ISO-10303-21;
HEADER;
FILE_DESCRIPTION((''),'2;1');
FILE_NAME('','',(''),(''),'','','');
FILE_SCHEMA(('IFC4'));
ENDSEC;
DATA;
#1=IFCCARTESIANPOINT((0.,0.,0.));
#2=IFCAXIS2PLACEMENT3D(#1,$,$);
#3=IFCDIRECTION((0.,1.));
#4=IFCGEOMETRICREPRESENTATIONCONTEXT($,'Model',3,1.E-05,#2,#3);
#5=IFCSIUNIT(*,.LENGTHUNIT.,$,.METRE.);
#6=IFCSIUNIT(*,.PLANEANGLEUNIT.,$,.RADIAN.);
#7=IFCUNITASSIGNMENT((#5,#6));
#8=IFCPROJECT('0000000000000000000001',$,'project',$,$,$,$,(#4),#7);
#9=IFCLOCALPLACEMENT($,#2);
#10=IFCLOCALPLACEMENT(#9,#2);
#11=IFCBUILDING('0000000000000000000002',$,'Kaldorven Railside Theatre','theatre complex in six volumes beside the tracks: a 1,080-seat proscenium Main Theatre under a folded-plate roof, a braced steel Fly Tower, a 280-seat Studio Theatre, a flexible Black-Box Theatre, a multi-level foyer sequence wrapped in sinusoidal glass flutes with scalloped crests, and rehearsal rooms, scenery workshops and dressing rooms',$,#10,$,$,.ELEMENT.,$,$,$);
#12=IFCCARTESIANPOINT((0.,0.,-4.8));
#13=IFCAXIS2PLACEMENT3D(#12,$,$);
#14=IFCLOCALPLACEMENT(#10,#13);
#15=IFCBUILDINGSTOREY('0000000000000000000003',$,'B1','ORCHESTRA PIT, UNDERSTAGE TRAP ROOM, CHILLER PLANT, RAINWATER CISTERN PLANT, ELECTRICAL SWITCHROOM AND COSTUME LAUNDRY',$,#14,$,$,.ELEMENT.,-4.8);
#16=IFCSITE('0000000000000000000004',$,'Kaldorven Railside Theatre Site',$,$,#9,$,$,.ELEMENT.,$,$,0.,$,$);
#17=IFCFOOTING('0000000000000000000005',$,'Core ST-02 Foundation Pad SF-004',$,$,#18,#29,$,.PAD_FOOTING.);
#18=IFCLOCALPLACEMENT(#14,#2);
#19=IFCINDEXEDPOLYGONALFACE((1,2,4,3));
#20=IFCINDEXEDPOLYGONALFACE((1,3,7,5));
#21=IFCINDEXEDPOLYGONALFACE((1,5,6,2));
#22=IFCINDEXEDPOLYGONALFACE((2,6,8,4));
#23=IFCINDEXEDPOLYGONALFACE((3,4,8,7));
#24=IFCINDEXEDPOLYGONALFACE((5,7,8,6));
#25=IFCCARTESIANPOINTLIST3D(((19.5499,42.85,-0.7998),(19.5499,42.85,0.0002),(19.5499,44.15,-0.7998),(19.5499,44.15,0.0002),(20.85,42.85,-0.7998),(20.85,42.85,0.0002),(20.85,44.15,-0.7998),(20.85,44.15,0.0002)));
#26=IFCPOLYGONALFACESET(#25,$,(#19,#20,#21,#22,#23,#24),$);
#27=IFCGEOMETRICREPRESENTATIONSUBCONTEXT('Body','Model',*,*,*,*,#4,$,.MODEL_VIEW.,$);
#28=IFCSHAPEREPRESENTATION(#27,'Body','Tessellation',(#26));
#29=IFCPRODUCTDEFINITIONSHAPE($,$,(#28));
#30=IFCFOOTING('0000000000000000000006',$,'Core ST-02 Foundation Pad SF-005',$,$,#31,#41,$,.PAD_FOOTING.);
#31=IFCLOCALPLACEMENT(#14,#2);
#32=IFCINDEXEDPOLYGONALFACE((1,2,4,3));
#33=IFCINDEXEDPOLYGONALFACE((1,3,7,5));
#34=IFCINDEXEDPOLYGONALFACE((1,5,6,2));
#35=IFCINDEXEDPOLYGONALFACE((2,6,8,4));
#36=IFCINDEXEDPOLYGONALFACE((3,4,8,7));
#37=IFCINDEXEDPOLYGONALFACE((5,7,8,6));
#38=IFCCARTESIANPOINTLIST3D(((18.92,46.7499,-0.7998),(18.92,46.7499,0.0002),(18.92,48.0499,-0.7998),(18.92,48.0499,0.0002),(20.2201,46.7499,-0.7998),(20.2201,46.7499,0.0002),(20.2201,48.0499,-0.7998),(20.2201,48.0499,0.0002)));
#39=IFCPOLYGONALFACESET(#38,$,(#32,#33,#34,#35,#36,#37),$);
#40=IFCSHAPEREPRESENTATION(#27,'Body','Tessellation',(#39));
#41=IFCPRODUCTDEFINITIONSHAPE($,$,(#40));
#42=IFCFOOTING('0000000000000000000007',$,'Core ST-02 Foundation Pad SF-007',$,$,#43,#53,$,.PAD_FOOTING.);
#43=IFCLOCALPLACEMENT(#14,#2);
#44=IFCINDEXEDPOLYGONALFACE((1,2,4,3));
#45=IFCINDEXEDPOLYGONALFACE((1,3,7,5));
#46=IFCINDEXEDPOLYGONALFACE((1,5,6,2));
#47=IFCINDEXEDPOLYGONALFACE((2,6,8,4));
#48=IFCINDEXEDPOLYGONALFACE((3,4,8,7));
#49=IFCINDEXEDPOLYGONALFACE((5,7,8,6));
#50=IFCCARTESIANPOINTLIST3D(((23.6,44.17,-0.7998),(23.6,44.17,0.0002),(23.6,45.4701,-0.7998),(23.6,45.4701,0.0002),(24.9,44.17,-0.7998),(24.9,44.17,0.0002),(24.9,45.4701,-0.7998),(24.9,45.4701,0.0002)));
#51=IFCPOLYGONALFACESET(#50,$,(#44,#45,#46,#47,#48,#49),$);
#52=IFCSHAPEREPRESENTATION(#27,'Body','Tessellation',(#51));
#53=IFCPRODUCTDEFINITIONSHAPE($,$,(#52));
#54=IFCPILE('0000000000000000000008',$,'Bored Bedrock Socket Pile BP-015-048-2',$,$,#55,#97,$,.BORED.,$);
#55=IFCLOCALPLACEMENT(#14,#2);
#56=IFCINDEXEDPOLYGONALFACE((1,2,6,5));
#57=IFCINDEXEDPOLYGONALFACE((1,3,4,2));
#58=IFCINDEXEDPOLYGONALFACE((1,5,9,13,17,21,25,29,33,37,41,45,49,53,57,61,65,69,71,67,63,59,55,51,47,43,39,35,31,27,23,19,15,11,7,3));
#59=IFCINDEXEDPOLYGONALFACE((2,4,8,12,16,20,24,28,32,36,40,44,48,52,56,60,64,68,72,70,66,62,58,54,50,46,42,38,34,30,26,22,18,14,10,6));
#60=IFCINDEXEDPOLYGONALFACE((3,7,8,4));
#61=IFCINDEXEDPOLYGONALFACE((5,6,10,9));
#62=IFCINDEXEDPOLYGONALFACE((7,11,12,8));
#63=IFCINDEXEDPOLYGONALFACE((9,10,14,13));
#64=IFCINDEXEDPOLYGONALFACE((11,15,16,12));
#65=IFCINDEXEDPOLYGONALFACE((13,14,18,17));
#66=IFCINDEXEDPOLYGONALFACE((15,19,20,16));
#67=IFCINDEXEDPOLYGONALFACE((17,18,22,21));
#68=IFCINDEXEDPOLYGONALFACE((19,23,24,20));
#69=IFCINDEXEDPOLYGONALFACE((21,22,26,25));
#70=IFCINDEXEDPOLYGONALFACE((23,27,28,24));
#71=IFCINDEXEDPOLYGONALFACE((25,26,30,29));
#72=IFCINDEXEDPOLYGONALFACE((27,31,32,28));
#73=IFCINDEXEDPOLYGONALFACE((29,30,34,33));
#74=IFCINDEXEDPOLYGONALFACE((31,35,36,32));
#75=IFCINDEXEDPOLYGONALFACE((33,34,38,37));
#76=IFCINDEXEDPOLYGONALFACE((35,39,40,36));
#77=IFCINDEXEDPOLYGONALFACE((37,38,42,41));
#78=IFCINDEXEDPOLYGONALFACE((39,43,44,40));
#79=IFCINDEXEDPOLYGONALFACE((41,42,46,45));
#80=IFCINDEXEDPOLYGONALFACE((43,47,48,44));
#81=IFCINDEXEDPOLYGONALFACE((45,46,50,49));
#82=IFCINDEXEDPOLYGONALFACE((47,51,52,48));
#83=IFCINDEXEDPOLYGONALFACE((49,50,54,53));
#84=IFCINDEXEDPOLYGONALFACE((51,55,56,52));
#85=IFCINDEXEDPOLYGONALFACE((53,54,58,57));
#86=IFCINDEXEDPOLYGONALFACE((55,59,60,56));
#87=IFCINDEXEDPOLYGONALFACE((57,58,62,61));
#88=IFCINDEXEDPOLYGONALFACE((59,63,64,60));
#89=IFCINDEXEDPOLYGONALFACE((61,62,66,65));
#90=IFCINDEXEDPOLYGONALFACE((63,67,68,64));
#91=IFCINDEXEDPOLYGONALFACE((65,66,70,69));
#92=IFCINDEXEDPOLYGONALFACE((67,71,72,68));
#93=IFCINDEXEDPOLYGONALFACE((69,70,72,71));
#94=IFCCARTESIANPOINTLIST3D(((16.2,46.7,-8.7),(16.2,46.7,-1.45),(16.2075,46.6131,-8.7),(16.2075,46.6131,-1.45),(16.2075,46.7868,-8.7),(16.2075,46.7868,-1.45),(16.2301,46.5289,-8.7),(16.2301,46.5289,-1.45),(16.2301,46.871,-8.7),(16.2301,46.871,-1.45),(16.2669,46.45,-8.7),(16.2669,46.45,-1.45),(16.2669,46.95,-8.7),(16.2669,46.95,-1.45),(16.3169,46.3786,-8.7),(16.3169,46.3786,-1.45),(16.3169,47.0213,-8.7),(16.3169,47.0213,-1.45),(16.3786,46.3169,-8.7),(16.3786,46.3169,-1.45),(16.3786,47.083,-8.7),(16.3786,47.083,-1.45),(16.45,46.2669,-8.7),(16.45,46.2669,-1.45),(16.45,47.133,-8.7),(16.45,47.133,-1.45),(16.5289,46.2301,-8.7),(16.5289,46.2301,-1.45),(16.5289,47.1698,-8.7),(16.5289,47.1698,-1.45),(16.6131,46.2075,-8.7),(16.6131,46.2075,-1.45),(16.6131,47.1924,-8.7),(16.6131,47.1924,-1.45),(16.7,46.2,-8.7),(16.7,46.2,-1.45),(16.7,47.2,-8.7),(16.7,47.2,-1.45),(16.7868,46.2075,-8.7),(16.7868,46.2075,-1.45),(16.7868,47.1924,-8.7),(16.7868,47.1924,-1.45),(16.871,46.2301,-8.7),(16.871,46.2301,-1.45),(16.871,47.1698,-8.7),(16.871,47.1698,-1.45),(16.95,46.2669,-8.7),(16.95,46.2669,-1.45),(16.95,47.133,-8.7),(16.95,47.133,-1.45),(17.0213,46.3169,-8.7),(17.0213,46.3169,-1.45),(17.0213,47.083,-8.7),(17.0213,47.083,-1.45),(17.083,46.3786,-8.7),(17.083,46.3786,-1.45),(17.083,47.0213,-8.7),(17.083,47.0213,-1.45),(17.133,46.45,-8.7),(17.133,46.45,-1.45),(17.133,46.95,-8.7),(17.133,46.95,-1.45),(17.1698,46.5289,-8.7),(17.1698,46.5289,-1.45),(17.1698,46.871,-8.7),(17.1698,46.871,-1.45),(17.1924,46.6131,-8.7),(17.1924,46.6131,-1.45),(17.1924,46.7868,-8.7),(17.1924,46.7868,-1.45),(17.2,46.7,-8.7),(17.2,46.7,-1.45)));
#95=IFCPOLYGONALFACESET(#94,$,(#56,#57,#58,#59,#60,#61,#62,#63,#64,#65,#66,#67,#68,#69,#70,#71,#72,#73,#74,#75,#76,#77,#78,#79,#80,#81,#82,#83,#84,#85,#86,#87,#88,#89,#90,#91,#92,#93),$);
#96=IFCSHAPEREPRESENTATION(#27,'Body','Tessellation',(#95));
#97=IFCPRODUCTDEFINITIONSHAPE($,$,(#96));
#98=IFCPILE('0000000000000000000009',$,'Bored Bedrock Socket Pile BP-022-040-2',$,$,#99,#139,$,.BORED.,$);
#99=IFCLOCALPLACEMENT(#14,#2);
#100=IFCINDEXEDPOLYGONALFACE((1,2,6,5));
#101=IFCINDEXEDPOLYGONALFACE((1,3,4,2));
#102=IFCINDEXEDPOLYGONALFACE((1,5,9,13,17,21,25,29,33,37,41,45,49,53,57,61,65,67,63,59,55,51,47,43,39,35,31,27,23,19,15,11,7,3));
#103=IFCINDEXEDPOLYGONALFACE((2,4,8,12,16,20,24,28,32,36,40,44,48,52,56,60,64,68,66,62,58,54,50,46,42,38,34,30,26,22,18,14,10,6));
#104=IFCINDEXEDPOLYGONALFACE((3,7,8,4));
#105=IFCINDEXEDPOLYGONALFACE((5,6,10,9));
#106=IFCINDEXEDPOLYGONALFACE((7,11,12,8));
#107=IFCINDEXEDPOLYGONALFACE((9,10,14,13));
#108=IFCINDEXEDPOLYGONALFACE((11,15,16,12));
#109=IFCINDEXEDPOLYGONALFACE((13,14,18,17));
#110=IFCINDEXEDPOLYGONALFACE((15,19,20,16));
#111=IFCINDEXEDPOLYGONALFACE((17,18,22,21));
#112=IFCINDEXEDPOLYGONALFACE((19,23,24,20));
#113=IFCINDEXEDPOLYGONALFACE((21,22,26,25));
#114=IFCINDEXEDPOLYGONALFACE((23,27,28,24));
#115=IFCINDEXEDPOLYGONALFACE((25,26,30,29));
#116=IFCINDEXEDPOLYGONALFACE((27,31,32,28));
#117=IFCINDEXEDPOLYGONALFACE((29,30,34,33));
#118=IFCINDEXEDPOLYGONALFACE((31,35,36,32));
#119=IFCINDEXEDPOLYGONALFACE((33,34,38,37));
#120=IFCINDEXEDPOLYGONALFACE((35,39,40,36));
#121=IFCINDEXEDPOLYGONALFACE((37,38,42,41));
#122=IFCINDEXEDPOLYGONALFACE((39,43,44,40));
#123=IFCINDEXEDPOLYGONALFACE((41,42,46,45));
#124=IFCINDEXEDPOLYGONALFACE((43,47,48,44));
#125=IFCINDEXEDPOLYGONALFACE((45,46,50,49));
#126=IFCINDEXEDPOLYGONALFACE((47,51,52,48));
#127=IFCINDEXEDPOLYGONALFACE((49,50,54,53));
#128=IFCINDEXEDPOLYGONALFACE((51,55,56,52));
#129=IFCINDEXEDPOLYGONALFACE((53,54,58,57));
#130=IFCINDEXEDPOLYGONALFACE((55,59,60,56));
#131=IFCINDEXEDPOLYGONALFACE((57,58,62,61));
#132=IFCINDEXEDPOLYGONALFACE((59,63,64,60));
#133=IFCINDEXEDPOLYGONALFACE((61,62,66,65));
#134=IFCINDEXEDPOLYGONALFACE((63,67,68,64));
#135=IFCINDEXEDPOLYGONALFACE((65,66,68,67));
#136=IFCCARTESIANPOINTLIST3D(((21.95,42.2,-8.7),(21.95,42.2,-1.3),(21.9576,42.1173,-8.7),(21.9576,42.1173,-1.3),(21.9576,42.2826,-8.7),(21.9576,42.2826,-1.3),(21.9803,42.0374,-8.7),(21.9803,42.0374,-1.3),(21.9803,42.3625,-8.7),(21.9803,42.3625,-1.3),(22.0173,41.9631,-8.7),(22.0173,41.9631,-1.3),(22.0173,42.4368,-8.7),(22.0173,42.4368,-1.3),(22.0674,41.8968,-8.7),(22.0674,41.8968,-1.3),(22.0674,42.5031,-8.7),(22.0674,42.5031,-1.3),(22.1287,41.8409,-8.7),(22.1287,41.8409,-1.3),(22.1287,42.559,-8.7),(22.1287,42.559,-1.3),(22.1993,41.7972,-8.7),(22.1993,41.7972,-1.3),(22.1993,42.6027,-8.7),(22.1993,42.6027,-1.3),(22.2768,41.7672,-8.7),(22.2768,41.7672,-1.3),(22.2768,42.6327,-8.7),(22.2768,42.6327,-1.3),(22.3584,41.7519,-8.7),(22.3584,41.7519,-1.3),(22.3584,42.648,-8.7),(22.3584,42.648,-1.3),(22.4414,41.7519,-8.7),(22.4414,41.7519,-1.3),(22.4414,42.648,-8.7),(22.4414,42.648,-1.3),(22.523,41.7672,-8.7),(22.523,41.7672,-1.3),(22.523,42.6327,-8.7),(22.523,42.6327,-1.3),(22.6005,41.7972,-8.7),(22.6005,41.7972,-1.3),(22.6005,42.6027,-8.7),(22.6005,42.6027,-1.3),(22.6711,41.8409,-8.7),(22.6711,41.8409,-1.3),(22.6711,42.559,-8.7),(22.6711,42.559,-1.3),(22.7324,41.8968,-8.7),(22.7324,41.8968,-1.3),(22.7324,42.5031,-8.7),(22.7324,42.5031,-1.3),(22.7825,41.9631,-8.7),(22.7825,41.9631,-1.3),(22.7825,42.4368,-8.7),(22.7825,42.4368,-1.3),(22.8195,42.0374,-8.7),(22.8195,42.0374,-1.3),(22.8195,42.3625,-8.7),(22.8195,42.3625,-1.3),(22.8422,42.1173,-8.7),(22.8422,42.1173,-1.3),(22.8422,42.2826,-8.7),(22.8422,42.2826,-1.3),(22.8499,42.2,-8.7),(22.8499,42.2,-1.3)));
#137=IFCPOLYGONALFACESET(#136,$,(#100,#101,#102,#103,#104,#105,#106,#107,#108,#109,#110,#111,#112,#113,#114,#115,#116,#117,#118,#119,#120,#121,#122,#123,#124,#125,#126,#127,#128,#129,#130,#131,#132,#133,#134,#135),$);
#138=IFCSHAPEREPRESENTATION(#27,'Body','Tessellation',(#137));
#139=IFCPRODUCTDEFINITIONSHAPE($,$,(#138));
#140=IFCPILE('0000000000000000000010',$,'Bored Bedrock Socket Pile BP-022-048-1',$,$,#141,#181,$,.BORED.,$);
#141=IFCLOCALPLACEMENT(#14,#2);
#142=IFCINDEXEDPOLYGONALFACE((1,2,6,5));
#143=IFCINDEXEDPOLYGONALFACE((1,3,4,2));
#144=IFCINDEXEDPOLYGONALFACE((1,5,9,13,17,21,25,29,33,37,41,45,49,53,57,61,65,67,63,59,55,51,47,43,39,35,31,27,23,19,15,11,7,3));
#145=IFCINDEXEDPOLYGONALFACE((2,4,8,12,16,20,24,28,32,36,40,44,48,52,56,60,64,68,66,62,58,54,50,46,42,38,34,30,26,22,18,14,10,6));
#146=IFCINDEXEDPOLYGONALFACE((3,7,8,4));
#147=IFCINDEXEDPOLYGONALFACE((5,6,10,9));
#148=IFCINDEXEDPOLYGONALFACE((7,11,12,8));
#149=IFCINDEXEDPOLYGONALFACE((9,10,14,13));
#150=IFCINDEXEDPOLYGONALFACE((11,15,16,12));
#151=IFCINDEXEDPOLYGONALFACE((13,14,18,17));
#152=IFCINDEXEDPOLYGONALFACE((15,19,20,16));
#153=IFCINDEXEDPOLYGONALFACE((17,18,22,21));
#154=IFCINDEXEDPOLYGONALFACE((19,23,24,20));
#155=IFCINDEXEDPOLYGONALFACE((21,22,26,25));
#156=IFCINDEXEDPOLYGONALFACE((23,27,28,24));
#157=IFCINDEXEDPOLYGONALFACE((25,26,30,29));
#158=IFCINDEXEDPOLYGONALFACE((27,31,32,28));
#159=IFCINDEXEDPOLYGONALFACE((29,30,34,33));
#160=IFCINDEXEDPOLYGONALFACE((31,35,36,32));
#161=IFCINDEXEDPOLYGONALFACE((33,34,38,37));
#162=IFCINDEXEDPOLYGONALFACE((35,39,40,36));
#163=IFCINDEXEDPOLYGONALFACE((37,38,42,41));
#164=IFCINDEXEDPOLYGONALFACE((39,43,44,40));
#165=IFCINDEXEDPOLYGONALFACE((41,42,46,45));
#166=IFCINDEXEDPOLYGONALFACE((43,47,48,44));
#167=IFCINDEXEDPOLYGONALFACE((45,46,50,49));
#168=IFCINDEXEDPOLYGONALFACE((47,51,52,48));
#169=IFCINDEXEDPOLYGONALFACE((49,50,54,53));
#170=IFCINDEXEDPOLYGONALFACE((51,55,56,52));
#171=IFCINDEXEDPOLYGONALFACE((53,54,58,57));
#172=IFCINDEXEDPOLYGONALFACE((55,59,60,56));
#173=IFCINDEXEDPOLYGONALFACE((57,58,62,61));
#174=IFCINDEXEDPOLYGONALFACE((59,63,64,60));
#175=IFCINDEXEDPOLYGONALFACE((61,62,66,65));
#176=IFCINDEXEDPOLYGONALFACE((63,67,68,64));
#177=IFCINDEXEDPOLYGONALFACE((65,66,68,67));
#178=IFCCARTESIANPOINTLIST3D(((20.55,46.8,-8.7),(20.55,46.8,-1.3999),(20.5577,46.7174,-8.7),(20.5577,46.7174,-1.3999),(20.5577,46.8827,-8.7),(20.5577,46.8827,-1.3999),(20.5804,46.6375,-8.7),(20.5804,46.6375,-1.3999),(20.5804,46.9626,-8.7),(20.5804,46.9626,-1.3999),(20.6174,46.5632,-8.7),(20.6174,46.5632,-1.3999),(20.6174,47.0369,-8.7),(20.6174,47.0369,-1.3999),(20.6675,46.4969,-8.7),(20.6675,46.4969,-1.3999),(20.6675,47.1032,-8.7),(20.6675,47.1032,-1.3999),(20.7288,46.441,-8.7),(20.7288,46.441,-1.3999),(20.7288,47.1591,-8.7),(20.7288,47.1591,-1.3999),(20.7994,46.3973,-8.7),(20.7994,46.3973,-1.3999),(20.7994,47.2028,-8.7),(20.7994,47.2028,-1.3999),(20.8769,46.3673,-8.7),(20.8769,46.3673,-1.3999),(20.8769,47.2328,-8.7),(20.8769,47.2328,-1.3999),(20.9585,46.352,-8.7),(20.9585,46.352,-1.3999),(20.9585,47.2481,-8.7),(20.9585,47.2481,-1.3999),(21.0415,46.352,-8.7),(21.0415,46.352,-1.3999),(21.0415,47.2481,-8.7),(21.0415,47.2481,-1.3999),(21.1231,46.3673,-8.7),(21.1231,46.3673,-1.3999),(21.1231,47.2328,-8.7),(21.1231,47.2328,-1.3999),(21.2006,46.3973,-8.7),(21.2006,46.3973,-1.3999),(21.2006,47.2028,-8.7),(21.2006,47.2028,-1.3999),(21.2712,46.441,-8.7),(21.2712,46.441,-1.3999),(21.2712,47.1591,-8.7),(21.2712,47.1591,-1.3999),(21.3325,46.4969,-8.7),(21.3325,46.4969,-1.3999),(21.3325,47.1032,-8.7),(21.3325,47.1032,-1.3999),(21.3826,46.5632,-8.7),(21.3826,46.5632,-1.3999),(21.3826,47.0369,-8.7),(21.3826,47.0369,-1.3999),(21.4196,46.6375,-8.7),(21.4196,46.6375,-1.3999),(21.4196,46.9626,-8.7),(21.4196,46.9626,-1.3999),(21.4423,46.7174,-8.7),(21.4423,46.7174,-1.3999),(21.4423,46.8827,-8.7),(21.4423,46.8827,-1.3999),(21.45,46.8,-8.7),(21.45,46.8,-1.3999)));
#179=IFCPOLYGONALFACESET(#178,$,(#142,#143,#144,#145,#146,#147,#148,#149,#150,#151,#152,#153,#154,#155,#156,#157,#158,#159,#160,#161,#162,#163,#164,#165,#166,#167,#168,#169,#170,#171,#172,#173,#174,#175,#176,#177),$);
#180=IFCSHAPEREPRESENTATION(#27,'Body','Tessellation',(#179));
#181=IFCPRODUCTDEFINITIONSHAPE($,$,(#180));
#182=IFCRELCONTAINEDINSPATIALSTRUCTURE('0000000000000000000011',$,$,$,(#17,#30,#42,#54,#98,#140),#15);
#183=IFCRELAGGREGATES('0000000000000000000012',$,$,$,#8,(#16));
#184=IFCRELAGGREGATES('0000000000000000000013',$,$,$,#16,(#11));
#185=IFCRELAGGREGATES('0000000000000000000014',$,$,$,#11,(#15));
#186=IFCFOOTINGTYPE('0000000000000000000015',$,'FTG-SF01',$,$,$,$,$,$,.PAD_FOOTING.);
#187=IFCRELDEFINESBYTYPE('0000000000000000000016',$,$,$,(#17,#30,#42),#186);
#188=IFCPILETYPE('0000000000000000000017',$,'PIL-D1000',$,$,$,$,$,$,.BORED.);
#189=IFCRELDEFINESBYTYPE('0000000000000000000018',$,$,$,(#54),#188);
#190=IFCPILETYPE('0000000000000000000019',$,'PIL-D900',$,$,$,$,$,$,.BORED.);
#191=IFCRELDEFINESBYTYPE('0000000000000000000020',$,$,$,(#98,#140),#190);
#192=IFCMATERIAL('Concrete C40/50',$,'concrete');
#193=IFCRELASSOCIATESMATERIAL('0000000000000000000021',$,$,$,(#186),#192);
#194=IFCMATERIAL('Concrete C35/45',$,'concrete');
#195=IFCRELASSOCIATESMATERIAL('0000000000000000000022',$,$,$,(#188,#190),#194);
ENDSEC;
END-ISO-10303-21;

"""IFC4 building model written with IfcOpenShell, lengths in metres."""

from ifc_helpers import new_model, si_unit, direction, frame, origin, origin_2d, place, context, subcontext, project, spatial, rectangle, circle, extrude, material, material_profile, profile_set, type_object, element, save


model = new_model("IFC4")

# Units and contexts
model_context = context("Model", 3, precision=1e-05, world=origin(), true_north=direction((0.0, 1.0)))
body_context = subcontext(model_context, "Body", "Model", "MODEL_VIEW")
ifc_project = project(units=[si_unit("LENGTHUNIT", "METRE"), si_unit("PLANEANGLEUNIT", "RADIAN")], contexts=[model_context])

# Site, building, storey
site_placement = place(None, origin())
site = spatial("IfcSite", under=ifc_project, at=site_placement, Name="Kaldorven Railside Theatre Site", CompositionType="ELEMENT", RefElevation=0.0)
building_placement = place(site_placement, origin())
building = spatial("IfcBuilding", under=site, at=building_placement, Name="Kaldorven Railside Theatre", Description="theatre complex in six volumes beside the tracks: a 1,080-seat proscenium Main Theatre under a folded-plate roof, a braced steel Fly Tower, a 280-seat Studio Theatre, a flexible Black-Box Theatre, a multi-level foyer sequence wrapped in sinusoidal glass flutes with scalloped crests, and rehearsal rooms, scenery workshops and dressing rooms", CompositionType="ELEMENT")
storey_placement = place(building_placement, frame((0.0, 0.0, -4.8)))
storey = spatial("IfcBuildingStorey", under=building, at=storey_placement, Name="B1", Description="ORCHESTRA PIT, UNDERSTAGE TRAP ROOM, CHILLER PLANT, RAINWATER CISTERN PLANT, ELECTRICAL SWITCHROOM AND COSTUME LAUNDRY", CompositionType="ELEMENT", Elevation=-4.8)

# Footings
ifc_material_1 = material(Name="Concrete C40/50", Category="concrete")
footing_type_1 = type_object("IfcFootingType", Name="FTG-SF01", PredefinedType="PAD_FOOTING", material=ifc_material_1)
for number, where, z_axis, x_axis, name in (
    (1, (20.2, 43.5, -0.7998), (0.0, 0.0, 1.0), (1.0, 0.0, 0.0), "Core ST-02 Foundation Pad SF-004"),
    (2, (19.5701, 47.3999, -0.7998), (0.0, 0.0, 1.0), (1.0, 0.0, 0.0), "Core ST-02 Foundation Pad SF-005"),
    (3, (24.25, 44.8201, -0.7998), (0.0, 0.0, 1.0), (1.0, 0.0, 0.0), "Core ST-02 Foundation Pad SF-007"),
):
    element("IfcFooting", number, at=place(storey_placement, frame(where, z_axis=z_axis, x_axis=x_axis)), inside=storey, type_object=footing_type_1, Name=name, PredefinedType="PAD_FOOTING", context=body_context, shape_type="SweptSolid", body=[
        extrude(rectangle(XDim=1.3, YDim=1.3, at=origin_2d()), origin(), (0.0, 0.0, 1.0), 0.8),
    ])

# Piles
ifc_material_2 = material(Name="Concrete C35/45", Category="concrete")
ifc_material_profile_1 = material_profile(ifc_material_2, circle(Radius=0.5, at=origin_2d()), Name="BP D1000")
ifc_profile_set_1 = profile_set([ifc_material_profile_1], Name="Concrete C35/45")
pile_type_1 = type_object("IfcPileType", Name="PIL-D1000", PredefinedType="BORED", material=ifc_profile_set_1)
pile_1_placement = place(storey_placement, frame((16.7, 46.7, -1.45), z_axis=(0.0, 0.0, -1.0), x_axis=(1.0, 0.0, 0.0)))
element("IfcPile", 4, at=pile_1_placement, inside=storey, type_object=pile_type_1, Name="Bored Bedrock Socket Pile BP-015-048-2", PredefinedType="BORED", context=body_context, shape_type="SweptSolid", body=[
    extrude(circle(Radius=0.5, at=origin_2d()), origin(), (0.0, 0.0, 1.0), 7.25),
])
ifc_material_profile_2 = material_profile(ifc_material_2, circle(Radius=0.45, at=origin_2d()), Name="BP D900")
ifc_profile_set_2 = profile_set([ifc_material_profile_2], Name="Concrete C35/45")
pile_type_2 = type_object("IfcPileType", Name="PIL-D900", PredefinedType="BORED", material=ifc_profile_set_2)
pile_2_placement = place(storey_placement, frame((22.3999, 42.2, -1.3), z_axis=(0.0, 0.0, -1.0), x_axis=(1.0, 0.0, 0.0)))
element("IfcPile", 5, at=pile_2_placement, inside=storey, type_object=pile_type_2, Name="Bored Bedrock Socket Pile BP-022-040-2", PredefinedType="BORED", context=body_context, shape_type="SweptSolid", body=[
    extrude(circle(Radius=0.45, at=origin_2d()), origin(), (0.0, 0.0, 1.0), 7.3999),
])
for number, where, z_axis, x_axis, name in (
    (6, (21.0, 46.8, -1.3999), (0.0, 0.0, -1.0), (1.0, 0.0, 0.0), "Bored Bedrock Socket Pile BP-022-048-1"),
):
    element("IfcPile", number, at=place(storey_placement, frame(where, z_axis=z_axis, x_axis=x_axis)), inside=storey, type_object=pile_type_2, Name=name, PredefinedType="BORED", context=body_context, shape_type="SweptSolid", body=[
        extrude(circle(Radius=0.45, at=origin_2d()), origin(), (0.0, 0.0, 1.0), 7.3),
    ])

save(model, "model.ifc")
